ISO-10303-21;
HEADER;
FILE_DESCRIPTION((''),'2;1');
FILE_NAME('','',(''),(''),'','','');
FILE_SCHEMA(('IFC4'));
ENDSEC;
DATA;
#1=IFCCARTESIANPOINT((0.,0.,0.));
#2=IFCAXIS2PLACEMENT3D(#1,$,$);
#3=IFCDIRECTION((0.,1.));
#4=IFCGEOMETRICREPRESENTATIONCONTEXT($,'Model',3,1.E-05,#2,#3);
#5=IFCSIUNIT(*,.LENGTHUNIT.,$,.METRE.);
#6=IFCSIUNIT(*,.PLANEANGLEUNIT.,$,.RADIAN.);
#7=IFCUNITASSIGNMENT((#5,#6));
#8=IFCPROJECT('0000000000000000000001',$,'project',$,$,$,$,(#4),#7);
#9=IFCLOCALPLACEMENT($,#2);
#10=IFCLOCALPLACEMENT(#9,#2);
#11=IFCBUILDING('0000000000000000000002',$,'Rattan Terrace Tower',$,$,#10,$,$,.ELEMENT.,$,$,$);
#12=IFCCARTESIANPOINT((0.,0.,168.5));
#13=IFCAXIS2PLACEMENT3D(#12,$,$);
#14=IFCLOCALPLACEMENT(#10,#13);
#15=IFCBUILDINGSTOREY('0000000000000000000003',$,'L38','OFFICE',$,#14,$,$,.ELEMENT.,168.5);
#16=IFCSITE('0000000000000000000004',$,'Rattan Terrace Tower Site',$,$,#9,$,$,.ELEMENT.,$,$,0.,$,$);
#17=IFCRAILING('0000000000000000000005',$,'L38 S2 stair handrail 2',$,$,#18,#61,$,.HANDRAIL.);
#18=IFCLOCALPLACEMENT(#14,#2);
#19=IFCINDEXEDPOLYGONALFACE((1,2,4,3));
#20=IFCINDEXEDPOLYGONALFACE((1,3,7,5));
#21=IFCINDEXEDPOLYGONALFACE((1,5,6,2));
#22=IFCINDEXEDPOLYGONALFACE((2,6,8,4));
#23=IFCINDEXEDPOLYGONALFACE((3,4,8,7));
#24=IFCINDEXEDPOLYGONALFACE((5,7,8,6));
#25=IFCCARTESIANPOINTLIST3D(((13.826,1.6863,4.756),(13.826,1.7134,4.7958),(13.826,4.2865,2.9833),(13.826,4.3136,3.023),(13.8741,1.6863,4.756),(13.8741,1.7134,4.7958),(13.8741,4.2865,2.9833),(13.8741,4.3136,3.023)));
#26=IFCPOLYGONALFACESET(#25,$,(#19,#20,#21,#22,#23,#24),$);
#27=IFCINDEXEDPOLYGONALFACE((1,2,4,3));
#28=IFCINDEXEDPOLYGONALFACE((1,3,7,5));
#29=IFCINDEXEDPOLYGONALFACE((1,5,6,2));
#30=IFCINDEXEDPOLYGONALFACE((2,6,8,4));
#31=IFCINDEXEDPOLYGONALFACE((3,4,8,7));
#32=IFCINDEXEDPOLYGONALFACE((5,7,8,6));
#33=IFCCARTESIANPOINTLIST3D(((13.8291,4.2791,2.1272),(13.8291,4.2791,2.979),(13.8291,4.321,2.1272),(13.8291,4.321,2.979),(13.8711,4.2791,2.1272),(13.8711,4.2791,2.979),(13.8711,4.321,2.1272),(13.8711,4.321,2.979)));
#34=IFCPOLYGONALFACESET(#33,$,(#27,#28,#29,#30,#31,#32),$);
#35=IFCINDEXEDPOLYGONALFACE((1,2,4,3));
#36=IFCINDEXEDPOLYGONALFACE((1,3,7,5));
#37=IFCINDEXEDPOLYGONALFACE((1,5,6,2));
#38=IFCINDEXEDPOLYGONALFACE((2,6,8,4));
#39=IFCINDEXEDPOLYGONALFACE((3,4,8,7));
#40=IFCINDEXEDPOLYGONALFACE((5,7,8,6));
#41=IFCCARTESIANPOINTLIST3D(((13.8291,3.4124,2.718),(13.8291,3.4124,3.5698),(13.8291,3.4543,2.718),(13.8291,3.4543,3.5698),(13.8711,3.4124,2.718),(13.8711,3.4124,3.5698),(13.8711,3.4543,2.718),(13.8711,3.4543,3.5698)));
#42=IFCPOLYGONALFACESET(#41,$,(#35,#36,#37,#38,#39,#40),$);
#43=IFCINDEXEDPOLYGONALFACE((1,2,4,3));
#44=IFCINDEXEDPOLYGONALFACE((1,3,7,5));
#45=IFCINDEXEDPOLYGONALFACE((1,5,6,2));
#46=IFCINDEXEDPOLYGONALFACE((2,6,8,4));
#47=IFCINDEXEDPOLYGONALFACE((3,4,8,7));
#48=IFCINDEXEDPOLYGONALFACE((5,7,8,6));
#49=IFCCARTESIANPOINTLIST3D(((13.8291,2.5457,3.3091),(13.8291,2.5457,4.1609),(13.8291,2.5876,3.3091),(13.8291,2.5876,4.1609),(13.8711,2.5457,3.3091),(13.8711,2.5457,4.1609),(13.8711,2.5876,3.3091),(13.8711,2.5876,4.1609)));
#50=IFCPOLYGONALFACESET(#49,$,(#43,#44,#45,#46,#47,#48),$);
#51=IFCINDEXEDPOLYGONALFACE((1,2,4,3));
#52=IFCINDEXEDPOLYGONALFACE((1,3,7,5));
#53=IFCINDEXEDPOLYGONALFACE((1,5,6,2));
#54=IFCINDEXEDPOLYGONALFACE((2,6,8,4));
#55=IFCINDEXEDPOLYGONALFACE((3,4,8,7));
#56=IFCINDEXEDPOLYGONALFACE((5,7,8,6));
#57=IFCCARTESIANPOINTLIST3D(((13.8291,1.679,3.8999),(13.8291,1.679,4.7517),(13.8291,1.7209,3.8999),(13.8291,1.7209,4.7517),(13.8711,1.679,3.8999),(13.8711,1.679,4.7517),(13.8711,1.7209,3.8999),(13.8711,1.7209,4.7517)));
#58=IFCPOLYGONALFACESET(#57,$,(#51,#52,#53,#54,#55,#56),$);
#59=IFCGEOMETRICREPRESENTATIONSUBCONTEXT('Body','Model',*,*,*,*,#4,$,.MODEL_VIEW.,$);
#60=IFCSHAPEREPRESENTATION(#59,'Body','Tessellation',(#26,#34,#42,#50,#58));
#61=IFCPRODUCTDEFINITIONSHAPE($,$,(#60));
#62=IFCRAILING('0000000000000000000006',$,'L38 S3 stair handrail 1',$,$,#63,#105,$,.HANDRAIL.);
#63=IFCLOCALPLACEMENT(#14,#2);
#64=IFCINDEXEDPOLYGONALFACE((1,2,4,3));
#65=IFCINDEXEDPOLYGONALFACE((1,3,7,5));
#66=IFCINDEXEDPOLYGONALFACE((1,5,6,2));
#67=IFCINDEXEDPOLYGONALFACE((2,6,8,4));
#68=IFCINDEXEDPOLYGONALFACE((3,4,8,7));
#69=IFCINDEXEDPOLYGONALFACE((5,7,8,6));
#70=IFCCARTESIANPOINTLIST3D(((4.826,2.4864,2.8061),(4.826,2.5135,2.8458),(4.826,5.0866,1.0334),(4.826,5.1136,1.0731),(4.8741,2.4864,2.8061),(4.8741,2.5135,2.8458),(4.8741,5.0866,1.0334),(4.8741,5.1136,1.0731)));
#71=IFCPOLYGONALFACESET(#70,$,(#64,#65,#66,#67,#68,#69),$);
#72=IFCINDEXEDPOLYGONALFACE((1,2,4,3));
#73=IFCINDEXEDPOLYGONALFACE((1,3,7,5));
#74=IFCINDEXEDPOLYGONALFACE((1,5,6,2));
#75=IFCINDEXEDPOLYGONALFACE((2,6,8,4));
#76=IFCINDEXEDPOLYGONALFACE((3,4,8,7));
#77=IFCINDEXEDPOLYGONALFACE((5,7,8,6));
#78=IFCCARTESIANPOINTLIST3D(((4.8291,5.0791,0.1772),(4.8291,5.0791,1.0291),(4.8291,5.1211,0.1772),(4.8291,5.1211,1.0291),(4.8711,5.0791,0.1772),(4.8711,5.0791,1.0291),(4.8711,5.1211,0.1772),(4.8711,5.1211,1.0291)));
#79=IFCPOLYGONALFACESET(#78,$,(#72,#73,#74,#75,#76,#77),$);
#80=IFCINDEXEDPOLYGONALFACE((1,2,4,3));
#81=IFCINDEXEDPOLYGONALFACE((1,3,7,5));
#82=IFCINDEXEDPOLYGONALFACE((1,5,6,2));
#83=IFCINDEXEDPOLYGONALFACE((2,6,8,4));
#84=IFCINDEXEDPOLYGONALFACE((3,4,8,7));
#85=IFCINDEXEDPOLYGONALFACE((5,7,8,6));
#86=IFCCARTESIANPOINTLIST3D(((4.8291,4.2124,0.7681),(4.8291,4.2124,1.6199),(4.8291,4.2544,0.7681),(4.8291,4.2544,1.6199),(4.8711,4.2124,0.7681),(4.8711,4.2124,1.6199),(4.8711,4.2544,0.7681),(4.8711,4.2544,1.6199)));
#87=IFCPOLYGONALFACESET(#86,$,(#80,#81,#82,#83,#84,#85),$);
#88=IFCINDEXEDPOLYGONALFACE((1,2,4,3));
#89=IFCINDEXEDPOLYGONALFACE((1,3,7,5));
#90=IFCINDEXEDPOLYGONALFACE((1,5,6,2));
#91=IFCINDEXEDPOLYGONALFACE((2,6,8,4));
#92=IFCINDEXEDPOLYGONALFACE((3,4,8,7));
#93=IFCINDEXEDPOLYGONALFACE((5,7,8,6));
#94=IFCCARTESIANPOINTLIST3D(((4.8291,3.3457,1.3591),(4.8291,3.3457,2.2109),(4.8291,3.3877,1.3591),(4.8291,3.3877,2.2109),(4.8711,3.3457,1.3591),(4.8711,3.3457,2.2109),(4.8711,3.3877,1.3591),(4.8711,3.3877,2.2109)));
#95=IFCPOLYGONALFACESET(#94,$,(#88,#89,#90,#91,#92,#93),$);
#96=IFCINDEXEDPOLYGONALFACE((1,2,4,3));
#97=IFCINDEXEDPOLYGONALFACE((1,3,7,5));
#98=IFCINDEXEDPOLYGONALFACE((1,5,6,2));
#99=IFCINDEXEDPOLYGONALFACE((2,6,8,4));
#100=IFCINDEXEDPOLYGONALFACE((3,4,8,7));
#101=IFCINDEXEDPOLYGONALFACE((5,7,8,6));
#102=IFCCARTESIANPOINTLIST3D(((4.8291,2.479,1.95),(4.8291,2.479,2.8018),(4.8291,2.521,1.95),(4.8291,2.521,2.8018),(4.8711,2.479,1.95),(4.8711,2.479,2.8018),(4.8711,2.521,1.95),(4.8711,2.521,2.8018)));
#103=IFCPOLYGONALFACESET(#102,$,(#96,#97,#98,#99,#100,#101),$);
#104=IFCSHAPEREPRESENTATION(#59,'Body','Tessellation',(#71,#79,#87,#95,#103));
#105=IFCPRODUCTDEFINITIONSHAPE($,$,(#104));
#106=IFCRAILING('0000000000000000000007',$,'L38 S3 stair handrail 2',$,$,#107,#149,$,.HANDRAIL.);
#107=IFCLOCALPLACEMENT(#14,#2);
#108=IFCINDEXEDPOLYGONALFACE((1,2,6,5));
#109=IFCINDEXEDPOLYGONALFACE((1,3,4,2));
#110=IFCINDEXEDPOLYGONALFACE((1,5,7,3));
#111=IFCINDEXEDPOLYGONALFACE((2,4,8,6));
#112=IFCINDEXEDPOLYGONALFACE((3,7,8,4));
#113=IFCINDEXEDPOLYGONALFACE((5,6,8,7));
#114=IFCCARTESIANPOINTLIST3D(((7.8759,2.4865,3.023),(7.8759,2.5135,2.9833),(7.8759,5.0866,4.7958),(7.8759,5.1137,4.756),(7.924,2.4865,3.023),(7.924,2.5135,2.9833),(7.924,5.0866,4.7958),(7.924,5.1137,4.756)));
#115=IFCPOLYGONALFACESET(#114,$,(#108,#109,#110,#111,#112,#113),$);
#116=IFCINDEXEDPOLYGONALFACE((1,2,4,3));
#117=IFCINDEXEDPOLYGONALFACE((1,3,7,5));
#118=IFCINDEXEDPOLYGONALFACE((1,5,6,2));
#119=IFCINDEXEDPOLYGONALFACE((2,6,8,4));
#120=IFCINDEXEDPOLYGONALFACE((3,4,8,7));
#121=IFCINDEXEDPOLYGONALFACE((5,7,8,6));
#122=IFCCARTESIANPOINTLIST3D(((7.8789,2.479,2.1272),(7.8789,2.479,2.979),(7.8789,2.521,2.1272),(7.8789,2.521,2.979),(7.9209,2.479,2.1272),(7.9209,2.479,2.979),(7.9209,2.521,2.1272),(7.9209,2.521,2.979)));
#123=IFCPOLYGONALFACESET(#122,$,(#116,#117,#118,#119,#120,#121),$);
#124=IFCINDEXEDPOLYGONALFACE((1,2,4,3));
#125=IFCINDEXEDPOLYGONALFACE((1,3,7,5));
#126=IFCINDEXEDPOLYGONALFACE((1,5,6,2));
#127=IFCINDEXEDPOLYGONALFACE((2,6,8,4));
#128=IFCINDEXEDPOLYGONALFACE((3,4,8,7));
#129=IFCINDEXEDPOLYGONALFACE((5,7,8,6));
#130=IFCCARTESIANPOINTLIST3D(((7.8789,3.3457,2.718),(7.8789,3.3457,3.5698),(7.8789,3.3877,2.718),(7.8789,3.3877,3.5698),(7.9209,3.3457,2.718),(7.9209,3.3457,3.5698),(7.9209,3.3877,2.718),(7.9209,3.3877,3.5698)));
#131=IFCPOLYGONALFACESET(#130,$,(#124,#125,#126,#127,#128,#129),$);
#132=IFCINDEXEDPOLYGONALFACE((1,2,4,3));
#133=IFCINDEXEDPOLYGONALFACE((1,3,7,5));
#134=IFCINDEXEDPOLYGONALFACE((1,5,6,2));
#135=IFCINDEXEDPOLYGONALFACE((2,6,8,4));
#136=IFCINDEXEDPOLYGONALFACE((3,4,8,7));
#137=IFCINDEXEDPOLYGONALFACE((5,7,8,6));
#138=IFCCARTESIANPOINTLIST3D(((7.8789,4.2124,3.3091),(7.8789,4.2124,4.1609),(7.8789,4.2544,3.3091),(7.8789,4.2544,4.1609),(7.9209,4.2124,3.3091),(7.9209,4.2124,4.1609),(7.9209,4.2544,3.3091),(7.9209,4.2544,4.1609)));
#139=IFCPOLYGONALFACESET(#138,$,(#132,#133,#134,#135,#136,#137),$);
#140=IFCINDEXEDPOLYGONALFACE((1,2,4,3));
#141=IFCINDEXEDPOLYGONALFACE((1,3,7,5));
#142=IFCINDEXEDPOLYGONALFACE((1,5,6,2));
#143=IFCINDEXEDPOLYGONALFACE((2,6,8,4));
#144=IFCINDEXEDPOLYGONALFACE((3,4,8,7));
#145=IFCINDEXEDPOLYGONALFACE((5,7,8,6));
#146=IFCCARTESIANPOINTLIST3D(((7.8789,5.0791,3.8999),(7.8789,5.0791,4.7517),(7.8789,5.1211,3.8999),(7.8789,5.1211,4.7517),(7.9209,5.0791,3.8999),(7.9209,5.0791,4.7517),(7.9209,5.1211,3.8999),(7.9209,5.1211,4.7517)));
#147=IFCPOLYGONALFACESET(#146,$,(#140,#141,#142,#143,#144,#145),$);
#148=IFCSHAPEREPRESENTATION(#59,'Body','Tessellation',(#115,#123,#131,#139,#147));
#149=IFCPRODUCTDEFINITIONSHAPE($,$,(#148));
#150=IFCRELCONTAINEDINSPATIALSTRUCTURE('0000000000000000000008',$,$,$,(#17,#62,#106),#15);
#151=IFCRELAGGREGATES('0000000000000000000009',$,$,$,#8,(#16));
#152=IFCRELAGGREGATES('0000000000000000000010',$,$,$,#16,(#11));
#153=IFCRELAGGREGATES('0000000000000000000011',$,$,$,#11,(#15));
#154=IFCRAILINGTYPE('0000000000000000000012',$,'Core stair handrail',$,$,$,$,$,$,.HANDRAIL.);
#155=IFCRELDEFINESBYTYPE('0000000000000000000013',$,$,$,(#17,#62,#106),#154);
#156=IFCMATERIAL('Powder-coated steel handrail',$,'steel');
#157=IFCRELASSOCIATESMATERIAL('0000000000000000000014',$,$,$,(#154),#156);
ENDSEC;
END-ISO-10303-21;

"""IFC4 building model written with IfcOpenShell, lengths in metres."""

from ifc_helpers import new_model, si_unit, direction, frame, origin, origin_2d, place, context, subcontext, project, spatial, rectangle, extrude, material, type_object, element, save


model = new_model("IFC4")

# Units and contexts
model_context = context("Model", 3, precision=1e-05, world=origin(), true_north=direction((0.0, 1.0)))
body_context = subcontext(model_context, "Body", "Model", "MODEL_VIEW")
ifc_project = project(units=[si_unit("LENGTHUNIT", "METRE"), si_unit("PLANEANGLEUNIT", "RADIAN")], contexts=[model_context])

# Site, building, storey
site_placement = place(None, origin())
site = spatial("IfcSite", under=ifc_project, at=site_placement, Name="Rattan Terrace Tower Site", CompositionType="ELEMENT", RefElevation=0.0)
building_placement = place(site_placement, origin())
building = spatial("IfcBuilding", under=site, at=building_placement, Name="Rattan Terrace Tower", CompositionType="ELEMENT")
storey_placement = place(building_placement, frame((0.0, 0.0, 168.5)))
storey = spatial("IfcBuildingStorey", under=building, at=storey_placement, Name="L38", Description="OFFICE", CompositionType="ELEMENT", Elevation=168.5)

# Railings
ifc_material_1 = material(Name="Powder-coated steel handrail", Category="steel")
railing_type_1 = type_object("IfcRailingType", Name="Core stair handrail", PredefinedType="HANDRAIL", material=ifc_material_1)
for number, where, name in (
    (1, (13.8501, 4.3, 2.1272), "L38 S2 stair handrail 2"),
    (2, (4.8501, 5.1001, 0.1772), "L38 S3 stair handrail 1"),
):
    element("IfcRailing", number, at=place(storey_placement, frame(where)), inside=storey, type_object=railing_type_1, Name=name, PredefinedType="HANDRAIL", context=body_context, shape_type="SweptSolid", body=[
        extrude(rectangle(XDim=0.0481, YDim=0.0481, at=origin_2d()), frame((0.0, 0.0, 0.876), z_axis=(0.0, -0.82624, 0.563318), x_axis=(1.0, 0.0, 0.0)), (0.0, 0.0, 1.0), 3.147),
        extrude(rectangle(XDim=0.042, YDim=0.042, at=origin_2d()), origin(), (0.0, 0.0, 1.0), 0.8518),
        extrude(rectangle(XDim=0.042, YDim=0.042, at=origin_2d()), frame((0.0, -0.8667, 0.5908)), (0.0, 0.0, 1.0), 0.8518),
        extrude(rectangle(XDim=0.042, YDim=0.042, at=origin_2d()), frame((0.0, -1.7334, 1.1819)), (0.0, 0.0, 1.0), 0.8518),
        extrude(rectangle(XDim=0.042, YDim=0.042, at=origin_2d()), frame((0.0, -2.6001, 1.7727)), (0.0, 0.0, 1.0), 0.8518),
    ])
railing_1_placement = place(storey_placement, frame((7.8999, 2.5, 2.1272)))
element("IfcRailing", 3, at=railing_1_placement, inside=storey, type_object=railing_type_1, Name="L38 S3 stair handrail 2", PredefinedType="HANDRAIL", context=body_context, shape_type="SweptSolid", body=[
    extrude(rectangle(XDim=0.0481, YDim=0.0481, at=origin_2d()), frame((0.0, 0.0, 0.876), z_axis=(0.0, 0.82624, 0.563318), x_axis=(-1.0, 0.0, 0.0)), (0.0, 0.0, 1.0), 3.147),
    extrude(rectangle(XDim=0.042, YDim=0.042, at=origin_2d()), origin(), (0.0, 0.0, 1.0), 0.8518),
    extrude(rectangle(XDim=0.042, YDim=0.042, at=origin_2d()), frame((0.0, 0.8667, 0.5908)), (0.0, 0.0, 1.0), 0.8518),
    extrude(rectangle(XDim=0.042, YDim=0.042, at=origin_2d()), frame((0.0, 1.7334, 1.1819)), (0.0, 0.0, 1.0), 0.8518),
    extrude(rectangle(XDim=0.042, YDim=0.042, at=origin_2d()), frame((0.0, 2.6001, 1.7727)), (0.0, 0.0, 1.0), 0.8518),
])

save(model, "model.ifc")
